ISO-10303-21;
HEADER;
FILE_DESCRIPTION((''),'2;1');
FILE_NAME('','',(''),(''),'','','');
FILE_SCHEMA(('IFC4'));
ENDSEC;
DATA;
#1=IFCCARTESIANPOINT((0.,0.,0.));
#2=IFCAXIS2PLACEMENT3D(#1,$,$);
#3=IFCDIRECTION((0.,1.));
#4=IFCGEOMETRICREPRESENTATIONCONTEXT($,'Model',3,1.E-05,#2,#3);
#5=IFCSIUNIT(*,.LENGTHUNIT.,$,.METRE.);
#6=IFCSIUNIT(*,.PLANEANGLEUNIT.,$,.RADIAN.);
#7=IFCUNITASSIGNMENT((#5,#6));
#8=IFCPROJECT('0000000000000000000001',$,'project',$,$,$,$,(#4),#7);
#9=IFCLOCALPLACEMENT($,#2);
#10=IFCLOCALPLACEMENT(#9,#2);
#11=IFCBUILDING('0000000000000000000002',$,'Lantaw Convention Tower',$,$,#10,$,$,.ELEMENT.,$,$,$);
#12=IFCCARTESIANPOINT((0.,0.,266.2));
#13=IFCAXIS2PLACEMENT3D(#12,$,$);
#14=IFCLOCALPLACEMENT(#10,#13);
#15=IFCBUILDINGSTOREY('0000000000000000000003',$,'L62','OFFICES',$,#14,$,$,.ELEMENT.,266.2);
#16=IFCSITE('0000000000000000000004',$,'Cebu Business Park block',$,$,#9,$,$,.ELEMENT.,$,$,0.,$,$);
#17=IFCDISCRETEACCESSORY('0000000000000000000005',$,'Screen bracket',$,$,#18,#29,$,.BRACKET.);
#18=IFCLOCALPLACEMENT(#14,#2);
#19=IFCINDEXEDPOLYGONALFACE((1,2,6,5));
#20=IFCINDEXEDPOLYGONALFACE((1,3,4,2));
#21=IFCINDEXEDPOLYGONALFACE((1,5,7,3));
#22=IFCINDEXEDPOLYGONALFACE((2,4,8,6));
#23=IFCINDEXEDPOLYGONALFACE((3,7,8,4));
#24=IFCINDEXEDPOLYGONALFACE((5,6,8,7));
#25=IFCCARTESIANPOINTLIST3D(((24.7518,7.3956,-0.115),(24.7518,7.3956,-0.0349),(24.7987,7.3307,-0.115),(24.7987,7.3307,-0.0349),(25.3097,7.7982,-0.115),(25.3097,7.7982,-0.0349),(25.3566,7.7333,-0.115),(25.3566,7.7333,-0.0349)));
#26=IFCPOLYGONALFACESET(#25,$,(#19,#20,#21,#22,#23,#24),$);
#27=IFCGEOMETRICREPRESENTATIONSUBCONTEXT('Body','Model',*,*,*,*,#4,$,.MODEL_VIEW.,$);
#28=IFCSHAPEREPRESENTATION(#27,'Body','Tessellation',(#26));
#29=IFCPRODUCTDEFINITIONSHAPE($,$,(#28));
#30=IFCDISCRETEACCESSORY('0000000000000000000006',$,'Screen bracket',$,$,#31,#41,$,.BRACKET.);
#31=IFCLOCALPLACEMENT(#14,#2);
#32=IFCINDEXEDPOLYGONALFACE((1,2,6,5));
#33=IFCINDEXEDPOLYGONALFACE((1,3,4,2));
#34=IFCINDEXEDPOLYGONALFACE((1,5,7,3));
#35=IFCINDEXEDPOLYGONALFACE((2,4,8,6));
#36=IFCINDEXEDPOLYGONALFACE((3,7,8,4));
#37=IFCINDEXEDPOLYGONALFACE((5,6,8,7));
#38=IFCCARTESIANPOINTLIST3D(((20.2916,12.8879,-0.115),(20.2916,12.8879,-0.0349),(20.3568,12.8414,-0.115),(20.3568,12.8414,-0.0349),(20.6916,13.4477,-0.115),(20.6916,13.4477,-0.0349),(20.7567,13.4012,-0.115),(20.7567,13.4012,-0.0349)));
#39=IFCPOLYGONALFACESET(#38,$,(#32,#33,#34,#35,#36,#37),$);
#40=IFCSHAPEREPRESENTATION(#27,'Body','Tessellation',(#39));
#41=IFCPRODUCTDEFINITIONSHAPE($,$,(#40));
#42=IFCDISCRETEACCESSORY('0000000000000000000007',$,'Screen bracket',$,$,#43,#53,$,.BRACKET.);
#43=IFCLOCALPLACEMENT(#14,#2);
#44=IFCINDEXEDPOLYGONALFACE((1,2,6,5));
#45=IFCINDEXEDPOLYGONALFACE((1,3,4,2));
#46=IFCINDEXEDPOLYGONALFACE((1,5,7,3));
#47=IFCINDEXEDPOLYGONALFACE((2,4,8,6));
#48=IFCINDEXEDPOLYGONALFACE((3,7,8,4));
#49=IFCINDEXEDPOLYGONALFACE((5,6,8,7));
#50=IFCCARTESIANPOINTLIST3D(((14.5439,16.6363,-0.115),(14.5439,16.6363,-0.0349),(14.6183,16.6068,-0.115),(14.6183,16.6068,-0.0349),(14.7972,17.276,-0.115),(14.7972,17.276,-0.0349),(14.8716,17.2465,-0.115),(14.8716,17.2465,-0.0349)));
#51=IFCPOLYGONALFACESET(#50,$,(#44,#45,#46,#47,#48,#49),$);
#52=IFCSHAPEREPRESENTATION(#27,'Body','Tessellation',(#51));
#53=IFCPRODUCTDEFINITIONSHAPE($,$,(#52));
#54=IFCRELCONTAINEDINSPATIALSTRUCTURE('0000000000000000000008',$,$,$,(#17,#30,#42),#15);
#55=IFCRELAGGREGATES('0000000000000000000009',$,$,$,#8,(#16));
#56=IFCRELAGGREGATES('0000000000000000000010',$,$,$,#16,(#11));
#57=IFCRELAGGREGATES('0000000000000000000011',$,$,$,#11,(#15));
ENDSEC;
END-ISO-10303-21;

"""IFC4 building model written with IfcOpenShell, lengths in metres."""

from ifc_helpers import new_model, si_unit, direction, frame, origin, origin_2d, place, context, subcontext, project, spatial, rectangle, extrude, element, save


model = new_model("IFC4")

# Units and contexts
model_context = context("Model", 3, precision=1e-05, world=origin(), true_north=direction((0.0, 1.0)))
body_context = subcontext(model_context, "Body", "Model", "MODEL_VIEW")
ifc_project = project(units=[si_unit("LENGTHUNIT", "METRE"), si_unit("PLANEANGLEUNIT", "RADIAN")], contexts=[model_context])

# Site, building, storey
site_placement = place(None, origin())
site = spatial("IfcSite", under=ifc_project, at=site_placement, Name="Cebu Business Park block", CompositionType="ELEMENT", RefElevation=0.0)
building_placement = place(site_placement, origin())
building = spatial("IfcBuilding", under=site, at=building_placement, Name="Lantaw Convention Tower", CompositionType="ELEMENT")
storey_placement = place(building_placement, frame((0.0, 0.0, 266.2)))
storey = spatial("IfcBuildingStorey", under=building, at=storey_placement, Name="L62", Description="OFFICES", CompositionType="ELEMENT", Elevation=266.2)

# Discrete accessories
for number, where, z_axis, x_axis, name in (
    (1, (25.0542, 7.5645, -0.115), (0.0, 0.0, 1.0), (-0.585158, 0.81092, 0.0), "Screen bracket"),
    (2, (20.5242, 13.1445, -0.115), (0.0, 0.0, 1.0), (-0.813673, 0.581323, 0.0), "Screen bracket"),
    (3, (14.7078, 16.9414, -0.115), (0.0, 0.0, 1.0), (-0.929762, 0.368162, 0.0), "Screen bracket"),
):
    element("IfcDiscreteAccessory", number, at=place(storey_placement, frame(where, z_axis=z_axis, x_axis=x_axis)), inside=storey, Name=name, PredefinedType="BRACKET", context=body_context, shape_type="SweptSolid", body=[
        extrude(rectangle(XDim=0.0801, YDim=0.688, at=origin_2d()), origin(), (0.0, 0.0, 1.0), 0.0801),
    ])

save(model, "model.ifc")
